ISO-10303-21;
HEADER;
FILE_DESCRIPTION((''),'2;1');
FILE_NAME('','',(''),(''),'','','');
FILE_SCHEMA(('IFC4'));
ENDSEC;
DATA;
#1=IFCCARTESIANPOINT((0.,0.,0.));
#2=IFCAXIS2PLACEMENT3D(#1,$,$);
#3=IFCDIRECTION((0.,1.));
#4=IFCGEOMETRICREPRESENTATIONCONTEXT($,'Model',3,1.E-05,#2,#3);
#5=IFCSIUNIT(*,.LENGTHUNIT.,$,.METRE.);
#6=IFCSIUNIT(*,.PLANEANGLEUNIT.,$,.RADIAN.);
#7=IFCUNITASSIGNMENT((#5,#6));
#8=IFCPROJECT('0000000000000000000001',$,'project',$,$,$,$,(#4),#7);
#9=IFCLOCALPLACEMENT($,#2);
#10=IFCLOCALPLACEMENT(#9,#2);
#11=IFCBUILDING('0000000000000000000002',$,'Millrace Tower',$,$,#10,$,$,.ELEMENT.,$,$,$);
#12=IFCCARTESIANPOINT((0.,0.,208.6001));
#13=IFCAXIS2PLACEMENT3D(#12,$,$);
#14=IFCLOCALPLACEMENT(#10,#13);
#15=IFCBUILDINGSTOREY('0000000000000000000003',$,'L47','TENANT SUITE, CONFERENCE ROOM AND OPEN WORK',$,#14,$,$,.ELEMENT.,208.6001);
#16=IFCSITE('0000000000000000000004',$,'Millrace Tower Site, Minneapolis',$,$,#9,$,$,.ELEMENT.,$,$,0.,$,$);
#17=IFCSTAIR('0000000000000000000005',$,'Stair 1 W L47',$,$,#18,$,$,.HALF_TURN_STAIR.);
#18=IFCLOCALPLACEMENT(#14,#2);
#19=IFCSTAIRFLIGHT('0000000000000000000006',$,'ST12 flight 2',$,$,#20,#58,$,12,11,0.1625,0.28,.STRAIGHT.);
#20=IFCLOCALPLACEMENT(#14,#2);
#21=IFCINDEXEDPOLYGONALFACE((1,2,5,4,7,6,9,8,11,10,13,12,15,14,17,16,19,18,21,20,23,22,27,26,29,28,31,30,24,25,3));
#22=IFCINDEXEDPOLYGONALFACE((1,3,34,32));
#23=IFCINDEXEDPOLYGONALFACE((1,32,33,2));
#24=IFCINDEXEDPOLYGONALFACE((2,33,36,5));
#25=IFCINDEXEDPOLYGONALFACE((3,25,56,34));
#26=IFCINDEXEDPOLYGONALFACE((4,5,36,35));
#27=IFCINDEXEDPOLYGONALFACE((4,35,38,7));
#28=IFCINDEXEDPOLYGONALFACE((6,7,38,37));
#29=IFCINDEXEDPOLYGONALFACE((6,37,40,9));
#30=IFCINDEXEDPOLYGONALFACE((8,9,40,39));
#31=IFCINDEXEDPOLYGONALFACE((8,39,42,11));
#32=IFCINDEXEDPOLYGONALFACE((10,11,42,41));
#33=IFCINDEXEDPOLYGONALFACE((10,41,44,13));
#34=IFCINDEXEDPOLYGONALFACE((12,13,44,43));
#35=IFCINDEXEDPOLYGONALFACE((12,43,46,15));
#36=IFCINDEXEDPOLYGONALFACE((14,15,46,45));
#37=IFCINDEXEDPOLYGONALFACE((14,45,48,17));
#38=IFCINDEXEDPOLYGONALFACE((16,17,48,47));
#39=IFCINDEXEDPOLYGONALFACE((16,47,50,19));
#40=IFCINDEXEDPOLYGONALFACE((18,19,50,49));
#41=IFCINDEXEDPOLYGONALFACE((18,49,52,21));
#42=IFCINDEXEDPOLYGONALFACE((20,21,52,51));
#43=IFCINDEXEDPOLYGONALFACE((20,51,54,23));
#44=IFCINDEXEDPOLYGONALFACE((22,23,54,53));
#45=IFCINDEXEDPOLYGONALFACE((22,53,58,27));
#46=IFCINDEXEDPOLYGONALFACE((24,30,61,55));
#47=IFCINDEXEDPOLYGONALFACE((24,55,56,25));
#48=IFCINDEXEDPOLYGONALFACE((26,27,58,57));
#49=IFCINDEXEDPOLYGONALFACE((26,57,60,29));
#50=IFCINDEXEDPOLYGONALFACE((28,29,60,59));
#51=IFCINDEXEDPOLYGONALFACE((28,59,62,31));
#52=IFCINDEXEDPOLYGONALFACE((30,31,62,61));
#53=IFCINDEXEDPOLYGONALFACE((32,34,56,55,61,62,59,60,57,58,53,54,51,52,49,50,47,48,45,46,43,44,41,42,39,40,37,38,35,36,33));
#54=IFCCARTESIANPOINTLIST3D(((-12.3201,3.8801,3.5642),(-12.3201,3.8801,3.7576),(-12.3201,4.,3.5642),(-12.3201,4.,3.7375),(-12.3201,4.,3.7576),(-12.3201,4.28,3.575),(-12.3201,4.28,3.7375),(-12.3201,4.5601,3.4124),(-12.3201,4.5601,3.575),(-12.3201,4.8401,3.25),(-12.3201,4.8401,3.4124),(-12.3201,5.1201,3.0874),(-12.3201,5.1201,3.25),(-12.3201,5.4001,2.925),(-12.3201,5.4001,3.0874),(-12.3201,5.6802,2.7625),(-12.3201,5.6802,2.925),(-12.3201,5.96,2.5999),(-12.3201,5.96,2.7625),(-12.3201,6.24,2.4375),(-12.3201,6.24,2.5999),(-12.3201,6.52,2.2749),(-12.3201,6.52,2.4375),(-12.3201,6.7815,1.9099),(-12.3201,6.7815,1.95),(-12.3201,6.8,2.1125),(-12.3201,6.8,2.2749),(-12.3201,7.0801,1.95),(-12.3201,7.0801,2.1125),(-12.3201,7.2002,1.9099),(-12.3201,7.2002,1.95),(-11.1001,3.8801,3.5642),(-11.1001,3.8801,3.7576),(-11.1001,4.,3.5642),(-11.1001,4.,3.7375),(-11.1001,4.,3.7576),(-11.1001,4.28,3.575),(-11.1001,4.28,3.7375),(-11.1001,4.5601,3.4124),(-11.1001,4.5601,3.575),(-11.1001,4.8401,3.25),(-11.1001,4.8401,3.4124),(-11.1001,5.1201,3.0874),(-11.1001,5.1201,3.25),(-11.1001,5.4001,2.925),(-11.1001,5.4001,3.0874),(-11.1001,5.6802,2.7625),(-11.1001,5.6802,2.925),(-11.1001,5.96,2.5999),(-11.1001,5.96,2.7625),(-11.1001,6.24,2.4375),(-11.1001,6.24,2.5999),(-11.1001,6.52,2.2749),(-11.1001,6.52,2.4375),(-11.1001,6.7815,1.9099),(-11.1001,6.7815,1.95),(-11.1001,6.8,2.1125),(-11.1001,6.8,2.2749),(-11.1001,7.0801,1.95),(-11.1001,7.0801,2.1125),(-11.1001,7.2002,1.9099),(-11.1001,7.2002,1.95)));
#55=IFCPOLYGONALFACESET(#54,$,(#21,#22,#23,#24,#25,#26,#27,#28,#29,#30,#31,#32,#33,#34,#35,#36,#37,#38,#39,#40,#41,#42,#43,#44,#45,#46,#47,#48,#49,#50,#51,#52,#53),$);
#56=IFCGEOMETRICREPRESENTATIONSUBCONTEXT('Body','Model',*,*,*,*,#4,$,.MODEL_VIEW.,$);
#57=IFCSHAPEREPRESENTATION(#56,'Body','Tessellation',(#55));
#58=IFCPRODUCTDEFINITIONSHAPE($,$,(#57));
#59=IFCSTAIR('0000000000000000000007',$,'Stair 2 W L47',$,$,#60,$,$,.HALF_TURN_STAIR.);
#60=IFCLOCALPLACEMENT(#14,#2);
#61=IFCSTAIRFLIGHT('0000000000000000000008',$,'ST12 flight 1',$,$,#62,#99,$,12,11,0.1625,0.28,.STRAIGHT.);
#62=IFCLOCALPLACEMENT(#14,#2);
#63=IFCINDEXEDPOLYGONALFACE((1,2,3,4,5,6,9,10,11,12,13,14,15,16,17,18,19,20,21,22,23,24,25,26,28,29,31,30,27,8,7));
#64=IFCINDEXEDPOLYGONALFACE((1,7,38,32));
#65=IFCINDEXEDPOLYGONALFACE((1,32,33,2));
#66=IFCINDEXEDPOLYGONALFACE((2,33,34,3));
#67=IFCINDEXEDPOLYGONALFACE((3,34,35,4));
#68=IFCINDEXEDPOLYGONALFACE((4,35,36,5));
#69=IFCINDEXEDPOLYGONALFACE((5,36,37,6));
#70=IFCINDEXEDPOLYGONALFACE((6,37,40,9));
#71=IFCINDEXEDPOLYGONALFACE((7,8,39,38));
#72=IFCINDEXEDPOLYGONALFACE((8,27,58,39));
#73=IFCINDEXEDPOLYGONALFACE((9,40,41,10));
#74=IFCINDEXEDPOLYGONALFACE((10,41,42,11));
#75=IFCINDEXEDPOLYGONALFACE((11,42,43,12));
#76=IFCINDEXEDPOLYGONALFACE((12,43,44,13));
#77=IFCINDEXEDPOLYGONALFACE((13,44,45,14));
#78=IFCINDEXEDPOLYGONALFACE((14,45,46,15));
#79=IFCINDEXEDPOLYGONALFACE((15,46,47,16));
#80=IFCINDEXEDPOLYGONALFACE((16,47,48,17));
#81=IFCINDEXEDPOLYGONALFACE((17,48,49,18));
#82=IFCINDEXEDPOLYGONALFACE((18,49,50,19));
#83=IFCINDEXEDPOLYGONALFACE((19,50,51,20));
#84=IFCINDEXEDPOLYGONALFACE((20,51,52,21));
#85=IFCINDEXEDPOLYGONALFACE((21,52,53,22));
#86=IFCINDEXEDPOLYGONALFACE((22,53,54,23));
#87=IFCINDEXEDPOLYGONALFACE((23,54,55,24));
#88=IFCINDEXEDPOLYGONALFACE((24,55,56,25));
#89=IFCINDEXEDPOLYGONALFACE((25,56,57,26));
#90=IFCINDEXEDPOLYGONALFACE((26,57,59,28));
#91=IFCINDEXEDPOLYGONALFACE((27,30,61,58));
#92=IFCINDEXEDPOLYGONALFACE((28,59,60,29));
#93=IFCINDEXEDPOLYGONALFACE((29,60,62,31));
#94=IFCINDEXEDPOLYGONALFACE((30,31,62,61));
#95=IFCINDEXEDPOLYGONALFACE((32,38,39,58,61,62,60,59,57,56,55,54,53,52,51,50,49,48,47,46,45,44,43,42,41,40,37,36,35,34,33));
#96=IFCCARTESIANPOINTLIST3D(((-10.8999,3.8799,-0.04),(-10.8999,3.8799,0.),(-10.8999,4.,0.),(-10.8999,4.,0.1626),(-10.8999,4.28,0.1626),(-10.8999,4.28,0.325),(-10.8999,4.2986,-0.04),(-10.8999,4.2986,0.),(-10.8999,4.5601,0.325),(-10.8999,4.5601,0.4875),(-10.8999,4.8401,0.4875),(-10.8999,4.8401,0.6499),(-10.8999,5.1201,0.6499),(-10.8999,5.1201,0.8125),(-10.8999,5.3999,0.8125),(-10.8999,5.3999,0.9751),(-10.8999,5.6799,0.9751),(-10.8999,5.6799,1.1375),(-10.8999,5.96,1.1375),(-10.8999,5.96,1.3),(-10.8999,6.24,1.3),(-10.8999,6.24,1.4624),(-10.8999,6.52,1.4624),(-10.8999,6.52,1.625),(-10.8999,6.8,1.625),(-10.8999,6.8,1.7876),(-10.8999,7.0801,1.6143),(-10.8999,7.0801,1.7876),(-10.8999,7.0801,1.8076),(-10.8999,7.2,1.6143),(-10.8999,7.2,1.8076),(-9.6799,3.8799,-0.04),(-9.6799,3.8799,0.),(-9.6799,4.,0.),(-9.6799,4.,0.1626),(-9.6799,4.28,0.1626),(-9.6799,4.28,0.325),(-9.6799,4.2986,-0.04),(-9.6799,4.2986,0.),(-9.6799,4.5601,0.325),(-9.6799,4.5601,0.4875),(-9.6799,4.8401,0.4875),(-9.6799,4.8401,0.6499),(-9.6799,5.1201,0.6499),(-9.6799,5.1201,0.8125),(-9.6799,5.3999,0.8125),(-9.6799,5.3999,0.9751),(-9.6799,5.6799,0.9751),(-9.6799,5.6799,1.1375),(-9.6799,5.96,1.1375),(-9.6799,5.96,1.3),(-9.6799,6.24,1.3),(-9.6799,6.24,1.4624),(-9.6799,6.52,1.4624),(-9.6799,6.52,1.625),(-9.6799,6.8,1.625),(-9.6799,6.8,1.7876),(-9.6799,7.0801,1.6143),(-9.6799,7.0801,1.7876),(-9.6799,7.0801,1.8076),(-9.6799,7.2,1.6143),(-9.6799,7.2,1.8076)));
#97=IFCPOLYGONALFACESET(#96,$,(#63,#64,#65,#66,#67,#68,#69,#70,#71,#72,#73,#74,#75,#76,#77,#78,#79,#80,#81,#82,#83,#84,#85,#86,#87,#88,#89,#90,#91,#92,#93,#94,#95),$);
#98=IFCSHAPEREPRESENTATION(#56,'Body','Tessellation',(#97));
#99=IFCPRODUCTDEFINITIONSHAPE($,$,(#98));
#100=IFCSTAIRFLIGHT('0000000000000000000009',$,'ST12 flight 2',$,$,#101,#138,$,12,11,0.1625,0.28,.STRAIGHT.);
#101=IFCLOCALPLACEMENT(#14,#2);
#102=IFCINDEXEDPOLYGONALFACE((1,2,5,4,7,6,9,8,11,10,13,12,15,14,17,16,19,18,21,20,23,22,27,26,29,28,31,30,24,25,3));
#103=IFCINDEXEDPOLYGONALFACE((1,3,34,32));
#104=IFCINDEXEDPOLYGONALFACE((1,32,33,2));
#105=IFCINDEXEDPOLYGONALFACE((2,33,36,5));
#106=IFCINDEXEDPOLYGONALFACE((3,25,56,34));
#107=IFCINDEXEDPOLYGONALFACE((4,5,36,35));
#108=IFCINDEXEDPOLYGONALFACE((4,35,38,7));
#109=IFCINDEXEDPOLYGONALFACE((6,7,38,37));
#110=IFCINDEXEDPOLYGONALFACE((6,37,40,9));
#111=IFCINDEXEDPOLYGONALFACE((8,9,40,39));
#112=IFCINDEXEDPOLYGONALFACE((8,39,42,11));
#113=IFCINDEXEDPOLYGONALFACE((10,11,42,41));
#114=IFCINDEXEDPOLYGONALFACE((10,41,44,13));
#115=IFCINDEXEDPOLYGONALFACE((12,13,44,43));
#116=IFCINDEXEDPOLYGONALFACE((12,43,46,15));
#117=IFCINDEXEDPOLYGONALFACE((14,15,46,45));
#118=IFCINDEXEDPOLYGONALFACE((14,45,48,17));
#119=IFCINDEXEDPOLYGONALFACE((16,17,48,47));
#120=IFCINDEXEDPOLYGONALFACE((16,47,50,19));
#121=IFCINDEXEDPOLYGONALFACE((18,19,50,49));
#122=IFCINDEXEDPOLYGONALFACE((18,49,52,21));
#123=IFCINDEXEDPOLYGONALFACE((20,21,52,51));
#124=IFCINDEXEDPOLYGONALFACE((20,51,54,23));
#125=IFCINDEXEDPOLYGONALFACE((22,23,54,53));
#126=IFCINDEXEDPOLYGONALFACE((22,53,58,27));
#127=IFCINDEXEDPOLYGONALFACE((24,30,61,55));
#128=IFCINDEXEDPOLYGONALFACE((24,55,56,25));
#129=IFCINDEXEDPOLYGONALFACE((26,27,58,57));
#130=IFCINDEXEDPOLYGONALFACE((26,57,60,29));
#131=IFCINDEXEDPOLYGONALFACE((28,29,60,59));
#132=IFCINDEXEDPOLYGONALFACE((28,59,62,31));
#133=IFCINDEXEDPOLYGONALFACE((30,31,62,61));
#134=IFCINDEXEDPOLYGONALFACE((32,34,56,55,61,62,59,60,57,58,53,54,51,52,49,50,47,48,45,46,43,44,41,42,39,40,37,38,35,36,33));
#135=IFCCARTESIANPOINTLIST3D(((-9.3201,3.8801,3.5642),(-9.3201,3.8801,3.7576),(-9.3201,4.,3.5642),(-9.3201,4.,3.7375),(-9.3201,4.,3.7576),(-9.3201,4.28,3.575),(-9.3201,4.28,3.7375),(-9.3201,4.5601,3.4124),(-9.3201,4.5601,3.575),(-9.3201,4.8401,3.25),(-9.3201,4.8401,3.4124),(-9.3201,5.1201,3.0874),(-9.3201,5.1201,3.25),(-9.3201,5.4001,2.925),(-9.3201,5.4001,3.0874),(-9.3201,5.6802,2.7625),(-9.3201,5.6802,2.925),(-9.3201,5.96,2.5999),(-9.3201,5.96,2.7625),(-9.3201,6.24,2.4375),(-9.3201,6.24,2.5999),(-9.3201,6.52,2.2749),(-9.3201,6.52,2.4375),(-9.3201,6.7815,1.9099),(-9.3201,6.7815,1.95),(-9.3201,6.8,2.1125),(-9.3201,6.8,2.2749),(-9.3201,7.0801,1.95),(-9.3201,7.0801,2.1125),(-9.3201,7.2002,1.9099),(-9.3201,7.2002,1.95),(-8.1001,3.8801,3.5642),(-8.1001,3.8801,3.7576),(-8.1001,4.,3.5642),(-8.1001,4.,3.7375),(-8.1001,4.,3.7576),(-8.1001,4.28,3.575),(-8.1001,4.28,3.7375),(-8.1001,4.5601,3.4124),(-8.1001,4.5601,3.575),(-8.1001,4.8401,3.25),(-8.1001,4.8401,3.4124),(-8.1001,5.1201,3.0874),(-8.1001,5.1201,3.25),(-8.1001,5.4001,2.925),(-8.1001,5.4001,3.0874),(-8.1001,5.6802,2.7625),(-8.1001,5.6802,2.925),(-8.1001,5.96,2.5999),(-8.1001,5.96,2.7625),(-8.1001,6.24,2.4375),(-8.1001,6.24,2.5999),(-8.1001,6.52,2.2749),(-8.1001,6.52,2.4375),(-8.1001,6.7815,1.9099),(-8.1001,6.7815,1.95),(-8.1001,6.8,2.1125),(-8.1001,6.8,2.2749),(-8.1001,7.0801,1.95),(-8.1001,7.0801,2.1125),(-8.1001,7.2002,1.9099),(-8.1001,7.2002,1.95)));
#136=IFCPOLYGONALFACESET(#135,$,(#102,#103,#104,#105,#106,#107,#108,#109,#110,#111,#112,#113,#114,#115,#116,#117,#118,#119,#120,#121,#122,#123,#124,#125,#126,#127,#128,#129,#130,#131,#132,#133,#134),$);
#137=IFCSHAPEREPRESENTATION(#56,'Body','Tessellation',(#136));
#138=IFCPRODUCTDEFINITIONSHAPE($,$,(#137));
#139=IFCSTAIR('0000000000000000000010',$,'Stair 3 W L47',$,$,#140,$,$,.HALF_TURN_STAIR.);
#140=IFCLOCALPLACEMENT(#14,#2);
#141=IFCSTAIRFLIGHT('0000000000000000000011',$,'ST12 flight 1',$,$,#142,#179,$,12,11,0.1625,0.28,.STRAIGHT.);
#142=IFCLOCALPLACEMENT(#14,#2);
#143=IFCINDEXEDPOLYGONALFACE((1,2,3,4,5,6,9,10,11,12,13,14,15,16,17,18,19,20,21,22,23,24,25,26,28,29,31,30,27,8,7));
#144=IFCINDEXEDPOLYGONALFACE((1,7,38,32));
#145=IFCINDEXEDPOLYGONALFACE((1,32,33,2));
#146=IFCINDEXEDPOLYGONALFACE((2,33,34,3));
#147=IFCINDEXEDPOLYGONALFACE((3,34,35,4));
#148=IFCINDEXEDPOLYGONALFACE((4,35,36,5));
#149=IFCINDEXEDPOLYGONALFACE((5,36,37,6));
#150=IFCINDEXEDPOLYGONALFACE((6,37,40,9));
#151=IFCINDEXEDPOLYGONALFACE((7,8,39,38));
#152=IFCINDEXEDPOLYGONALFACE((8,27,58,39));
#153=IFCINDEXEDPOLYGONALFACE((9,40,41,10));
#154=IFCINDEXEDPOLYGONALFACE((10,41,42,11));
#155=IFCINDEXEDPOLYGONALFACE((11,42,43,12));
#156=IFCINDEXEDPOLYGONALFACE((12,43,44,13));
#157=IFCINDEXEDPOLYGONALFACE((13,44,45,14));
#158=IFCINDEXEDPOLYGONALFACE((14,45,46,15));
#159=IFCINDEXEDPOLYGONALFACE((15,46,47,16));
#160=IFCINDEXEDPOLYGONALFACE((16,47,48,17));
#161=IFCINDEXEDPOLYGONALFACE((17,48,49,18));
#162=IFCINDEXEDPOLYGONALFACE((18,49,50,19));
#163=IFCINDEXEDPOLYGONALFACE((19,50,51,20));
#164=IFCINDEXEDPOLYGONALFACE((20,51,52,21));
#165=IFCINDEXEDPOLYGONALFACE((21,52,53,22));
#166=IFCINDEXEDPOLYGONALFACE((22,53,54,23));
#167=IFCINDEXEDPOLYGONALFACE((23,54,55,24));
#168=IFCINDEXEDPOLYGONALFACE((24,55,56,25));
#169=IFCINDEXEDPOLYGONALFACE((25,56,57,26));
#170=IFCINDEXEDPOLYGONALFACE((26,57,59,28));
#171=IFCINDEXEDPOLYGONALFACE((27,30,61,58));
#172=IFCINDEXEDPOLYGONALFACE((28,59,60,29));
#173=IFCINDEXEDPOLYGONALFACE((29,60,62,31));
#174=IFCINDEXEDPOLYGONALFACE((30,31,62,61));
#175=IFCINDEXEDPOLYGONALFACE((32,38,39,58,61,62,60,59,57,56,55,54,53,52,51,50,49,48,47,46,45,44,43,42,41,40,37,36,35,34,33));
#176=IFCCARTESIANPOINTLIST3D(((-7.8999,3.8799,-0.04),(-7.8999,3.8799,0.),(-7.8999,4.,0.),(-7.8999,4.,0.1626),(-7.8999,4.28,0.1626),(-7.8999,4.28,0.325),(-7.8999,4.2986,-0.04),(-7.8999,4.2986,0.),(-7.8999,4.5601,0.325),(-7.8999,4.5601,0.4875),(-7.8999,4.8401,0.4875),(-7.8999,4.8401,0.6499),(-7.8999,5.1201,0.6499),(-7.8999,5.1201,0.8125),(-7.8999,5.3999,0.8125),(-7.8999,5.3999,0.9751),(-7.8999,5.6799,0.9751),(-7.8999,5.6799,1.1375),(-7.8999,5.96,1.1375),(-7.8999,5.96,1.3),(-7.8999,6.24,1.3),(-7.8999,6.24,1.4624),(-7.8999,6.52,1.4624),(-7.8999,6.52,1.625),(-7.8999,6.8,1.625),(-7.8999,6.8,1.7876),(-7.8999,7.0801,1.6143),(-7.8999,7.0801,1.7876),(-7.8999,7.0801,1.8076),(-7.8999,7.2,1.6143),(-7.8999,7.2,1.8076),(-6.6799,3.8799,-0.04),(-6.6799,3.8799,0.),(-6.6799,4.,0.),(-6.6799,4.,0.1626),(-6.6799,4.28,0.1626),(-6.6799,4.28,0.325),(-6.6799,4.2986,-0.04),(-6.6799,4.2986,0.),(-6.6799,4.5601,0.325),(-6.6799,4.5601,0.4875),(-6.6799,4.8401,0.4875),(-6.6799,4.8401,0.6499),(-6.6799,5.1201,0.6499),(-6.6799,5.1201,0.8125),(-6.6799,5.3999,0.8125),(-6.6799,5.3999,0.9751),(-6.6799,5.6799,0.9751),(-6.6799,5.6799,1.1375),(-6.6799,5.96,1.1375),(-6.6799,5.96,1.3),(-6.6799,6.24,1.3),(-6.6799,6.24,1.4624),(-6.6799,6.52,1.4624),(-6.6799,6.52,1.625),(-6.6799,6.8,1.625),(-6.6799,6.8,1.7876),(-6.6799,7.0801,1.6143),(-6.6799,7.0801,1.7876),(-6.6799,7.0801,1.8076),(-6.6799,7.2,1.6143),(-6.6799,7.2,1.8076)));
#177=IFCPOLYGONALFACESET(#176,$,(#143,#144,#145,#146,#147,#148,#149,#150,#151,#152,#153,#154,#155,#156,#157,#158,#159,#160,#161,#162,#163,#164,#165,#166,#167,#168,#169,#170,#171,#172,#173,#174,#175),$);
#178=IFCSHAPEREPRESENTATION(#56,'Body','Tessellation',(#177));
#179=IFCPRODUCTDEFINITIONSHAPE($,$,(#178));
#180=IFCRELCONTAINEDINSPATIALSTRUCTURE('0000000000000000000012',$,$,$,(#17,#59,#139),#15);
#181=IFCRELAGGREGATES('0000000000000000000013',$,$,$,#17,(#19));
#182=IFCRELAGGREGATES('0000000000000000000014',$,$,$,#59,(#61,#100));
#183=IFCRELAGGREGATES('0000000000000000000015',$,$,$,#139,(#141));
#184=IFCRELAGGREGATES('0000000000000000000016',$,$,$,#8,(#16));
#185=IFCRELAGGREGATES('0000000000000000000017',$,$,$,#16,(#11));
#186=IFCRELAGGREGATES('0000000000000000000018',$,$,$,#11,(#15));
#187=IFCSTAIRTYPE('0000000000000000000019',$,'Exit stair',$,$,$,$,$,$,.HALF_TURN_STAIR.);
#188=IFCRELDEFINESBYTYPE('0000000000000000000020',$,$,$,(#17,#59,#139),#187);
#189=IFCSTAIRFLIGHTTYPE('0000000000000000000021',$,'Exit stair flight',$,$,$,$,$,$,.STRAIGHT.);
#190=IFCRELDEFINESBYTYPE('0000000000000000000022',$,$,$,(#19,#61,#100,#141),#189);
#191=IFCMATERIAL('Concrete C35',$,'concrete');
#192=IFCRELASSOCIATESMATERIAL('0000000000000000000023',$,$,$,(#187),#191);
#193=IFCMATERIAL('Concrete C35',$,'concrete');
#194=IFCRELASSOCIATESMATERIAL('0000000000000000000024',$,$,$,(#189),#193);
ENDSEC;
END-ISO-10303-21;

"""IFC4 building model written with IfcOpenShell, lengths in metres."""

from ifc_helpers import new_model, si_unit, direction, frame, origin, place, context, subcontext, project, spatial, polyline, outline, extrude, material, type_object, element, aggregate, save


model = new_model("IFC4")

# Units and contexts
model_context = context("Model", 3, precision=1e-05, world=origin(), true_north=direction((0.0, 1.0)))
body_context = subcontext(model_context, "Body", "Model", "MODEL_VIEW")
ifc_project = project(units=[si_unit("LENGTHUNIT", "METRE"), si_unit("PLANEANGLEUNIT", "RADIAN")], contexts=[model_context])

# Site, building, storey
site_placement = place(None, origin())
site = spatial("IfcSite", under=ifc_project, at=site_placement, Name="Millrace Tower Site, Minneapolis", CompositionType="ELEMENT", RefElevation=0.0)
building_placement = place(site_placement, origin())
building = spatial("IfcBuilding", under=site, at=building_placement, Name="Millrace Tower", CompositionType="ELEMENT")
storey_placement = place(building_placement, frame((0.0, 0.0, 208.6001)))
storey = spatial("IfcBuildingStorey", under=building, at=storey_placement, Name="L47", Description="TENANT SUITE, CONFERENCE ROOM AND OPEN WORK", CompositionType="ELEMENT", Elevation=208.6001)

# Stairs, stair flights
ifc_material_1 = material(Name="Concrete C35", Category="concrete")
stair_type = type_object("IfcStairType", Name="Exit stair", PredefinedType="HALF_TURN_STAIR", material=ifc_material_1)
placement = place(storey_placement, origin())
stair_1 = element("IfcStair", 1, at=placement, inside=storey, type_object=stair_type, Name="Stair 1 W L47", PredefinedType="HALF_TURN_STAIR")
ifc_material_2 = material(Name="Concrete C35", Category="concrete")
stair_flight_type = type_object("IfcStairFlightType", Name="Exit stair flight", PredefinedType="STRAIGHT", material=ifc_material_2)
stair_flight_1_placement = place(storey_placement, frame((-11.71, 7.0801, 1.95), z_axis=(0.0, 0.0, 1.0), x_axis=(0.0, -1.0, 0.0)))
stair_flight_1 = element("IfcStairFlight", 2, at=stair_flight_1_placement, type_object=stair_flight_type, Name="ST12 flight 2", NumberOfRisers=12, NumberOfTreads=11, PredefinedType="STRAIGHT", RiserHeight=0.1625, TreadLength=0.28, context=body_context, shape_type="SweptSolid", body=[
    extrude(outline(polyline([(-0.1201, -0.04), (-0.1201, 0.0), (0.0, 0.0), (0.0, 0.1626), (0.28, 0.1626), (0.28, 0.325), (0.5601, 0.325), (0.5601, 0.4875), (0.8401, 0.4875), (0.8401, 0.6499), (1.1201, 0.6499), (1.1201, 0.8125), (1.3999, 0.8125), (1.3999, 0.9751), (1.6799, 0.9751), (1.6799, 1.1375), (1.96, 1.1375), (1.96, 1.3), (2.24, 1.3), (2.24, 1.4624), (2.52, 1.4624), (2.52, 1.625), (2.8, 1.625), (2.8, 1.7876), (3.0801, 1.7876), (3.0801, 1.8076), (3.2, 1.8076), (3.2, 1.6143), (3.0801, 1.6143), (0.2986, 0.0), (0.2986, -0.04), (-0.1201, -0.04)])), frame((0.0, 0.6099, 0.0), z_axis=(0.0, -1.0, 0.0), x_axis=(1.0, 0.0, 0.0)), (0.0, 0.0, 1.0), 1.22),
])
aggregate(stair_1, [stair_flight_1])
stair_2 = element("IfcStair", 3, at=placement, inside=storey, type_object=stair_type, Name="Stair 2 W L47", PredefinedType="HALF_TURN_STAIR")
stair_flight_2_placement = place(storey_placement, frame((-10.29, 4.0, 0.0), z_axis=(0.0, 0.0, 1.0), x_axis=(0.0, 1.0, 0.0)))
stair_flight_2 = element("IfcStairFlight", 4, at=stair_flight_2_placement, type_object=stair_flight_type, Name="ST12 flight 1", NumberOfRisers=12, NumberOfTreads=11, PredefinedType="STRAIGHT", RiserHeight=0.1625, TreadLength=0.28, context=body_context, shape_type="SweptSolid", body=[
    extrude(outline(polyline([(-0.1201, -0.04), (-0.1201, 0.0), (0.0, 0.0), (0.0, 0.1626), (0.28, 0.1626), (0.28, 0.325), (0.5601, 0.325), (0.5601, 0.4875), (0.8401, 0.4875), (0.8401, 0.6499), (1.1201, 0.6499), (1.1201, 0.8125), (1.3999, 0.8125), (1.3999, 0.9751), (1.6799, 0.9751), (1.6799, 1.1375), (1.96, 1.1375), (1.96, 1.3), (2.24, 1.3), (2.24, 1.4624), (2.52, 1.4624), (2.52, 1.625), (2.8, 1.625), (2.8, 1.7876), (3.0801, 1.7876), (3.0801, 1.8076), (3.2, 1.8076), (3.2, 1.6143), (3.0801, 1.6143), (0.2986, 0.0), (0.2986, -0.04), (-0.1201, -0.04)])), frame((0.0, 0.6099, 0.0), z_axis=(0.0, -1.0, 0.0), x_axis=(1.0, 0.0, 0.0)), (0.0, 0.0, 1.0), 1.22),
])
stair_flight_3_placement = place(storey_placement, frame((-8.71, 7.0801, 1.95), z_axis=(0.0, 0.0, 1.0), x_axis=(0.0, -1.0, 0.0)))
stair_flight_3 = element("IfcStairFlight", 5, at=stair_flight_3_placement, type_object=stair_flight_type, Name="ST12 flight 2", NumberOfRisers=12, NumberOfTreads=11, PredefinedType="STRAIGHT", RiserHeight=0.1625, TreadLength=0.28, context=body_context, shape_type="SweptSolid", body=[
    extrude(outline(polyline([(-0.1201, -0.04), (-0.1201, 0.0), (0.0, 0.0), (0.0, 0.1626), (0.28, 0.1626), (0.28, 0.325), (0.5601, 0.325), (0.5601, 0.4875), (0.8401, 0.4875), (0.8401, 0.6499), (1.1201, 0.6499), (1.1201, 0.8125), (1.3999, 0.8125), (1.3999, 0.9751), (1.6799, 0.9751), (1.6799, 1.1375), (1.96, 1.1375), (1.96, 1.3), (2.24, 1.3), (2.24, 1.4624), (2.52, 1.4624), (2.52, 1.625), (2.8, 1.625), (2.8, 1.7876), (3.0801, 1.7876), (3.0801, 1.8076), (3.2, 1.8076), (3.2, 1.6143), (3.0801, 1.6143), (0.2986, 0.0), (0.2986, -0.04), (-0.1201, -0.04)])), frame((0.0, 0.6099, 0.0), z_axis=(0.0, -1.0, 0.0), x_axis=(1.0, 0.0, 0.0)), (0.0, 0.0, 1.0), 1.22),
])
aggregate(stair_2, [stair_flight_2, stair_flight_3])
stair_3 = element("IfcStair", 6, at=placement, inside=storey, type_object=stair_type, Name="Stair 3 W L47", PredefinedType="HALF_TURN_STAIR")
stair_flight_4_placement = place(storey_placement, frame((-7.29, 4.0, 0.0), z_axis=(0.0, 0.0, 1.0), x_axis=(0.0, 1.0, 0.0)))
stair_flight_4 = element("IfcStairFlight", 7, at=stair_flight_4_placement, type_object=stair_flight_type, Name="ST12 flight 1", NumberOfRisers=12, NumberOfTreads=11, PredefinedType="STRAIGHT", RiserHeight=0.1625, TreadLength=0.28, context=body_context, shape_type="SweptSolid", body=[
    extrude(outline(polyline([(-0.1201, -0.04), (-0.1201, 0.0), (0.0, 0.0), (0.0, 0.1626), (0.28, 0.1626), (0.28, 0.325), (0.5601, 0.325), (0.5601, 0.4875), (0.8401, 0.4875), (0.8401, 0.6499), (1.1201, 0.6499), (1.1201, 0.8125), (1.3999, 0.8125), (1.3999, 0.9751), (1.6799, 0.9751), (1.6799, 1.1375), (1.96, 1.1375), (1.96, 1.3), (2.24, 1.3), (2.24, 1.4624), (2.52, 1.4624), (2.52, 1.625), (2.8, 1.625), (2.8, 1.7876), (3.0801, 1.7876), (3.0801, 1.8076), (3.2, 1.8076), (3.2, 1.6143), (3.0801, 1.6143), (0.2986, 0.0), (0.2986, -0.04), (-0.1201, -0.04)])), frame((0.0, 0.6099, 0.0), z_axis=(0.0, -1.0, 0.0), x_axis=(1.0, 0.0, 0.0)), (0.0, 0.0, 1.0), 1.22),
])
aggregate(stair_3, [stair_flight_4])

save(model, "model.ifc")
